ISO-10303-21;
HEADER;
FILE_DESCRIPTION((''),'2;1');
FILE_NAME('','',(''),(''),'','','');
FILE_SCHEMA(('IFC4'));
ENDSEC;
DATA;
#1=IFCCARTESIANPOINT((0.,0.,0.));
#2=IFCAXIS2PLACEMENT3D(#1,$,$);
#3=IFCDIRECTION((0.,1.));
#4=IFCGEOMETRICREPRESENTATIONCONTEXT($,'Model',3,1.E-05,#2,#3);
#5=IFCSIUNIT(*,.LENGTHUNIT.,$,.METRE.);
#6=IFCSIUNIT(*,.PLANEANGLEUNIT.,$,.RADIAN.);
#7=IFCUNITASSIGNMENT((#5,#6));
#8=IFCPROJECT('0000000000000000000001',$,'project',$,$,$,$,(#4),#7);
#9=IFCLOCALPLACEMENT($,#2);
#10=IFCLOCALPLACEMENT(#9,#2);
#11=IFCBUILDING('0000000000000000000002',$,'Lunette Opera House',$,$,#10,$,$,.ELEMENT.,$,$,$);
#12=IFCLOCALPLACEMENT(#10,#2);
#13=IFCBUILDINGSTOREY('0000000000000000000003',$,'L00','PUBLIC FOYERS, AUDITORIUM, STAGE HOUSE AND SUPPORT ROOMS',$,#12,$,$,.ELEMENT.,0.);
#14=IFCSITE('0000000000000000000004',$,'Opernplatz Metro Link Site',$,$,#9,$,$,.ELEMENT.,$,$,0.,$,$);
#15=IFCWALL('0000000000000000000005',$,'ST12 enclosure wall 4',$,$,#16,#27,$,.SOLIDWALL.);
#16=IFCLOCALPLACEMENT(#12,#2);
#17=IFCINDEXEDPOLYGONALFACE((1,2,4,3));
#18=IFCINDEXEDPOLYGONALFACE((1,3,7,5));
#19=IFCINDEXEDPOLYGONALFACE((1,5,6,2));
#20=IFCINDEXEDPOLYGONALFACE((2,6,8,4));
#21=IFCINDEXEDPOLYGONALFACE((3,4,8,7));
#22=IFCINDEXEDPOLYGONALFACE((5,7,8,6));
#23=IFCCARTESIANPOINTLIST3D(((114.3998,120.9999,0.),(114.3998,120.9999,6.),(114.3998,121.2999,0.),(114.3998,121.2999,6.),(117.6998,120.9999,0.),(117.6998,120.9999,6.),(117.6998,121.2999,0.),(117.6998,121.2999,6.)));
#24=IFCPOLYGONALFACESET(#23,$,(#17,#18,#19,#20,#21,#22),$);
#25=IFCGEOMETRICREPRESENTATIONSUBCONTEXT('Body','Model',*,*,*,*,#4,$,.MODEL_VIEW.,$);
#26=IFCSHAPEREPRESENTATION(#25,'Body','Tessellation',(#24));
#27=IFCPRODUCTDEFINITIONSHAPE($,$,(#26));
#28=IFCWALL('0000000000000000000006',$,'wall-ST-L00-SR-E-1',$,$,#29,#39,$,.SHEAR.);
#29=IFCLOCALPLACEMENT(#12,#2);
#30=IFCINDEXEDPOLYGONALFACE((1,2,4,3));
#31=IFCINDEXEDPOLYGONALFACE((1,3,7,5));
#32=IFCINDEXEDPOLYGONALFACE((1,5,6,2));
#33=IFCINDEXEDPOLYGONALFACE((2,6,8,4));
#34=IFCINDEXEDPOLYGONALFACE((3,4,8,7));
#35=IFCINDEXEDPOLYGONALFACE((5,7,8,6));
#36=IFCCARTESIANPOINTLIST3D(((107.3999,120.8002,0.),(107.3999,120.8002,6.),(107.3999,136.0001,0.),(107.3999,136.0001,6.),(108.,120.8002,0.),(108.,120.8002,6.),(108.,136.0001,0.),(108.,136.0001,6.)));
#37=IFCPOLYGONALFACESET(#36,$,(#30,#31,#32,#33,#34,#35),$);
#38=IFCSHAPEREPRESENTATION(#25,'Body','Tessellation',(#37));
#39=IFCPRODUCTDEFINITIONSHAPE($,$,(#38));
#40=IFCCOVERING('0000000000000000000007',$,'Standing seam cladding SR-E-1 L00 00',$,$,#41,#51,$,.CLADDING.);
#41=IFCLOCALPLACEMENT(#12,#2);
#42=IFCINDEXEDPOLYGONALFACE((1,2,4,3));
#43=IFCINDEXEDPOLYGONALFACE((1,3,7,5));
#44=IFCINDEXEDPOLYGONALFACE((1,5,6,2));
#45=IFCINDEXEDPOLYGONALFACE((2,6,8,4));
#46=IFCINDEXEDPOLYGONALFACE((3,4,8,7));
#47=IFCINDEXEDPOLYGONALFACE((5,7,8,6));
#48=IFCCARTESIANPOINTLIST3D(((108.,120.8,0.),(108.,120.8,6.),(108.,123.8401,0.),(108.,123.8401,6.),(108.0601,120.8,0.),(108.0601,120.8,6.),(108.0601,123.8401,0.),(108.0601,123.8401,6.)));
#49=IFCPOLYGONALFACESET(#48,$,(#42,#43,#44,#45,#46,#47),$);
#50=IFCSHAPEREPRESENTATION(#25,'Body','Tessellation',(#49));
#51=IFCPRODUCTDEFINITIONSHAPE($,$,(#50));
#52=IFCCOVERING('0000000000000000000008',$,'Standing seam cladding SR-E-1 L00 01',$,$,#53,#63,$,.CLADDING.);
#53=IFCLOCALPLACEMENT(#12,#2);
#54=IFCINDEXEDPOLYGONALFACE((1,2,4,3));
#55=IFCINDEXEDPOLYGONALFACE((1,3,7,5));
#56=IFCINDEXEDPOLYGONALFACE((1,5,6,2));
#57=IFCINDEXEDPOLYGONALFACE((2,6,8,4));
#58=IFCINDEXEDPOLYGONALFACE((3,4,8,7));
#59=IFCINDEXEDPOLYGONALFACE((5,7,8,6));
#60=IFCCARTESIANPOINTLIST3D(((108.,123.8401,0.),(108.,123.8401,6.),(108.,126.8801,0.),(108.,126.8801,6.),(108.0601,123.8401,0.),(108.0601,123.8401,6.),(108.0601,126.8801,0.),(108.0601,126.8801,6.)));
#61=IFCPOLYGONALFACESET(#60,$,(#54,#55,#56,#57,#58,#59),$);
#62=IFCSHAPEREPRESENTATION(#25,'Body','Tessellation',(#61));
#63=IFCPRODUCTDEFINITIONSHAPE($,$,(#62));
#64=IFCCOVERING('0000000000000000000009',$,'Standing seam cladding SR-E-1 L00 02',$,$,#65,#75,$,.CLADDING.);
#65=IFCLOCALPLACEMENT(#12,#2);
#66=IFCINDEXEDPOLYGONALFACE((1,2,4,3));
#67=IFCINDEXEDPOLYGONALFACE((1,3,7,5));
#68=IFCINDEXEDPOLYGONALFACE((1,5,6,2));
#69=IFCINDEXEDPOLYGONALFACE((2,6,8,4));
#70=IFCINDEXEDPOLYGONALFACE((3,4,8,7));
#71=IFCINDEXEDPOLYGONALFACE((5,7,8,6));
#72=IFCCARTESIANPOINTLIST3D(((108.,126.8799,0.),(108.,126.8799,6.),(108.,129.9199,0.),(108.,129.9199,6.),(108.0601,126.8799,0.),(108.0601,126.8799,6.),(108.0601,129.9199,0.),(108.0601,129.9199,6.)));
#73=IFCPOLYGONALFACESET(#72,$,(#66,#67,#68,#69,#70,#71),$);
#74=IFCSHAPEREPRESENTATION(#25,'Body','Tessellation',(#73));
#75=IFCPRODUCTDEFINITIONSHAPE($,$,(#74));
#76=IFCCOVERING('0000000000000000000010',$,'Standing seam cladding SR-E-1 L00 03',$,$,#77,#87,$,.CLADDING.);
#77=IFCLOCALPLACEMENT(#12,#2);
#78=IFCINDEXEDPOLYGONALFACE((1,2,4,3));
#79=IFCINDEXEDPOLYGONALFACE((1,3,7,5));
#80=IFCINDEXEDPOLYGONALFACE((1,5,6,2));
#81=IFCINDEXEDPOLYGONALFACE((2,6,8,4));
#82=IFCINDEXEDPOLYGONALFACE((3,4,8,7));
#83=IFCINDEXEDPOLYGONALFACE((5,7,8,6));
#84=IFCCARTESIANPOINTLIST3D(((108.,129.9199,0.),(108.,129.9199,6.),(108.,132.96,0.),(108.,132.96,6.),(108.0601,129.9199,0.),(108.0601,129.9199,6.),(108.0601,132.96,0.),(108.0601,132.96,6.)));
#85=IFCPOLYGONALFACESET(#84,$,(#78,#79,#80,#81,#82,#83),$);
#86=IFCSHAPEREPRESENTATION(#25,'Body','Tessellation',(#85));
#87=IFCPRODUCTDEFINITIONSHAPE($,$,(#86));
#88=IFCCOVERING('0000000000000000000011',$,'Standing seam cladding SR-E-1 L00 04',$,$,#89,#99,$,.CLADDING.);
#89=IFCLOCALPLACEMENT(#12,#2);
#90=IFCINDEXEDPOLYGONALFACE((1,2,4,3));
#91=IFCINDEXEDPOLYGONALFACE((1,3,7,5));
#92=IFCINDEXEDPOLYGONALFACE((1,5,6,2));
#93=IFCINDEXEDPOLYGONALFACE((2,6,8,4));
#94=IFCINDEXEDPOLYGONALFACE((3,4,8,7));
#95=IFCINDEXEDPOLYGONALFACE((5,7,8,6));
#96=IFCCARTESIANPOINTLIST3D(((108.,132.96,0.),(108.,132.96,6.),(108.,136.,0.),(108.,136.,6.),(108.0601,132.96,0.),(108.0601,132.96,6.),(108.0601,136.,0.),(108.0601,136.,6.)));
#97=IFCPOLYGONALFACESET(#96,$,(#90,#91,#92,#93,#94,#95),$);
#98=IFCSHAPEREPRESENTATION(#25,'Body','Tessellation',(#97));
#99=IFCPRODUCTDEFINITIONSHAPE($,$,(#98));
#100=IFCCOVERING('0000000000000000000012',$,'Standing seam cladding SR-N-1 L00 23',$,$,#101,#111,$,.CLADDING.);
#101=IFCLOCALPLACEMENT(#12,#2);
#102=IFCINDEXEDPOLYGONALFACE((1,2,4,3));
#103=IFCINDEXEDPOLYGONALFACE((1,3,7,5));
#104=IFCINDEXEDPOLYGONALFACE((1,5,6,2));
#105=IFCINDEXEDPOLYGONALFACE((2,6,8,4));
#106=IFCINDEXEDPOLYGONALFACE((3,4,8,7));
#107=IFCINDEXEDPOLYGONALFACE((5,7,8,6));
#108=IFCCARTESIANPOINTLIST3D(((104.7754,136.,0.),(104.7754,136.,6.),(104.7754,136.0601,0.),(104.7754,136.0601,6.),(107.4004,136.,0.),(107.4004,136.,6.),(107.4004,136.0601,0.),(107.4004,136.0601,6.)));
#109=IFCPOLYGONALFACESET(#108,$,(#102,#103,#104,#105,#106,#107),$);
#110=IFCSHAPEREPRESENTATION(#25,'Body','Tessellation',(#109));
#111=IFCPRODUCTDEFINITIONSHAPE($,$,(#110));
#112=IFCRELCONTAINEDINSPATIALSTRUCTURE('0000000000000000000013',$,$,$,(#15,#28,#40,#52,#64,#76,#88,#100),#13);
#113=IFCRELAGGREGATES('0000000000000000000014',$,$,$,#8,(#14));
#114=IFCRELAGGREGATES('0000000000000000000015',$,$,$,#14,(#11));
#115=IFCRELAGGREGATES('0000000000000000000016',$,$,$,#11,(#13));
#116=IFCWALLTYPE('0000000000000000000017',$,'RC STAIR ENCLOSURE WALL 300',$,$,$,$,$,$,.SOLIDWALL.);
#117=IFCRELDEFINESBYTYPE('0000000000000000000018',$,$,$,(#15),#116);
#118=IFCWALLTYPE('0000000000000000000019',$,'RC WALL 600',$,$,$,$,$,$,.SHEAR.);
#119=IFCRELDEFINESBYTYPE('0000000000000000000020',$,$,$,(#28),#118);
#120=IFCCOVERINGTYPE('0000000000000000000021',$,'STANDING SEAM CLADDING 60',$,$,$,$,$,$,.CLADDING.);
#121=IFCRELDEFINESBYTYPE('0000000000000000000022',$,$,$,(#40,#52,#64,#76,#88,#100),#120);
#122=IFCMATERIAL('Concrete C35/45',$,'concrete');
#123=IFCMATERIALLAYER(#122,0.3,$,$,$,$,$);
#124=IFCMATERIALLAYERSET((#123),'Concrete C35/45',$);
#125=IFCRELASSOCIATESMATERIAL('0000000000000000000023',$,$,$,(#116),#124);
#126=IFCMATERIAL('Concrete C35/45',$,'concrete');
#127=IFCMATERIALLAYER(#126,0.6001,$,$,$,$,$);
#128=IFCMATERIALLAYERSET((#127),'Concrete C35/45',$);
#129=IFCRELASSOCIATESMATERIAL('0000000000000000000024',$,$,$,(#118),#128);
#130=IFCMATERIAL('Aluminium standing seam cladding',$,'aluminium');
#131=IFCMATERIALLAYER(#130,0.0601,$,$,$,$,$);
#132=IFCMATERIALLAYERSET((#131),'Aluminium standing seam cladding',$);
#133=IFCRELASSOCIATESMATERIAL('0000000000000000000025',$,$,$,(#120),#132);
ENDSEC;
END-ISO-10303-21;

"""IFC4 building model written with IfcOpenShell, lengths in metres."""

from ifc_helpers import new_model, si_unit, direction, frame, frame_2d, origin, origin_2d, place, context, subcontext, project, spatial, rectangle, extrude, material, layer, layer_set, type_object, element, save


model = new_model("IFC4")

# Units and contexts
model_context = context("Model", 3, precision=1e-05, world=origin(), true_north=direction((0.0, 1.0)))
body_context = subcontext(model_context, "Body", "Model", "MODEL_VIEW")
ifc_project = project(units=[si_unit("LENGTHUNIT", "METRE"), si_unit("PLANEANGLEUNIT", "RADIAN")], contexts=[model_context])

# Site, building, storey
site_placement = place(None, origin())
site = spatial("IfcSite", under=ifc_project, at=site_placement, Name="Opernplatz Metro Link Site", CompositionType="ELEMENT", RefElevation=0.0)
building_placement = place(site_placement, origin())
building = spatial("IfcBuilding", under=site, at=building_placement, Name="Lunette Opera House", CompositionType="ELEMENT")
storey_placement = place(building_placement, origin())
storey = spatial("IfcBuildingStorey", under=building, at=storey_placement, Name="L00", Description="PUBLIC FOYERS, AUDITORIUM, STAGE HOUSE AND SUPPORT ROOMS", CompositionType="ELEMENT", Elevation=0.0)

# Shared definitions
ifc_material_1 = material(Name="Concrete C35/45", Category="concrete")
ifc_layer_1 = layer(ifc_material_1, 0.3)
ifc_layer_set_1 = layer_set([ifc_layer_1], Name="Concrete C35/45")
wall_type_1 = type_object("IfcWallType", Name="RC STAIR ENCLOSURE WALL 300", PredefinedType="SOLIDWALL", material=ifc_layer_set_1)

# Walls
wall_1_placement = place(storey_placement, frame((114.3999, 121.1499, 0.0), z_axis=(0.0, 0.0, 1.0), x_axis=(1.0, 0.0, 0.0)))
element("IfcWall", 1, at=wall_1_placement, inside=storey, type_object=wall_type_1, Name="ST12 enclosure wall 4", PredefinedType="SOLIDWALL", context=body_context, shape_type="SweptSolid", body=[
    extrude(rectangle(XDim=3.3, YDim=0.3, at=frame_2d((1.6499, 0.0))), origin(), (0.0, 0.0, 1.0), 6.0),
])
ifc_material_2 = material(Name="Concrete C35/45", Category="concrete")
ifc_layer_2 = layer(ifc_material_2, 0.6001)
ifc_layer_set_2 = layer_set([ifc_layer_2], Name="Concrete C35/45")
wall_type_2 = type_object("IfcWallType", Name="RC WALL 600", PredefinedType="SHEAR", material=ifc_layer_set_2)
wall_2_placement = place(storey_placement, frame((107.7, 120.8, 0.0), z_axis=(0.0, 0.0, 1.0), x_axis=(0.0, 1.0, 0.0)))
element("IfcWall", 2, at=wall_2_placement, inside=storey, type_object=wall_type_2, Name="wall-ST-L00-SR-E-1", PredefinedType="SHEAR", context=body_context, shape_type="SweptSolid", body=[
    extrude(rectangle(XDim=15.2, YDim=0.6001, at=frame_2d((7.6001, 0.0))), origin(), (0.0, 0.0, 1.0), 6.0),
])

# Coverings
ifc_material_3 = material(Name="Aluminium standing seam cladding", Category="aluminium")
ifc_layer_3 = layer(ifc_material_3, 0.0601)
ifc_layer_set_3 = layer_set([ifc_layer_3], Name="Aluminium standing seam cladding")
covering_type = type_object("IfcCoveringType", Name="STANDING SEAM CLADDING 60", PredefinedType="CLADDING", material=ifc_layer_set_3)
for number, where, z_axis, x_axis, name in (
    (3, (108.03, 122.3201, 0.0), (0.0, 0.0, 1.0), (0.0, 1.0, 0.0), "Standing seam cladding SR-E-1 L00 00"),
    (4, (108.03, 125.3601, 0.0), (0.0, 0.0, 1.0), (0.0, 1.0, 0.0), "Standing seam cladding SR-E-1 L00 01"),
    (5, (108.03, 128.3999, 0.0), (0.0, 0.0, 1.0), (0.0, 1.0, 0.0), "Standing seam cladding SR-E-1 L00 02"),
    (6, (108.03, 131.4399, 0.0), (0.0, 0.0, 1.0), (0.0, 1.0, 0.0), "Standing seam cladding SR-E-1 L00 03"),
    (7, (108.03, 134.48, 0.0), (0.0, 0.0, 1.0), (0.0, 1.0, 0.0), "Standing seam cladding SR-E-1 L00 04"),
):
    element("IfcCovering", number, at=place(storey_placement, frame(where, z_axis=z_axis, x_axis=x_axis)), inside=storey, type_object=covering_type, Name=name, PredefinedType="CLADDING", context=body_context, shape_type="SweptSolid", body=[
        extrude(rectangle(XDim=3.04, YDim=0.0601, at=origin_2d()), origin(), (0.0, 0.0, 1.0), 6.0),
    ])
covering_placement = place(storey_placement, frame((106.0879, 136.03, 0.0), z_axis=(0.0, 0.0, 1.0), x_axis=(1.0, 0.0, 0.0)))
element("IfcCovering", 8, at=covering_placement, inside=storey, type_object=covering_type, Name="Standing seam cladding SR-N-1 L00 23", PredefinedType="CLADDING", context=body_context, shape_type="SweptSolid", body=[
    extrude(rectangle(XDim=2.625, YDim=0.0601, at=origin_2d()), origin(), (0.0, 0.0, 1.0), 6.0),
])

save(model, "model.ifc")
